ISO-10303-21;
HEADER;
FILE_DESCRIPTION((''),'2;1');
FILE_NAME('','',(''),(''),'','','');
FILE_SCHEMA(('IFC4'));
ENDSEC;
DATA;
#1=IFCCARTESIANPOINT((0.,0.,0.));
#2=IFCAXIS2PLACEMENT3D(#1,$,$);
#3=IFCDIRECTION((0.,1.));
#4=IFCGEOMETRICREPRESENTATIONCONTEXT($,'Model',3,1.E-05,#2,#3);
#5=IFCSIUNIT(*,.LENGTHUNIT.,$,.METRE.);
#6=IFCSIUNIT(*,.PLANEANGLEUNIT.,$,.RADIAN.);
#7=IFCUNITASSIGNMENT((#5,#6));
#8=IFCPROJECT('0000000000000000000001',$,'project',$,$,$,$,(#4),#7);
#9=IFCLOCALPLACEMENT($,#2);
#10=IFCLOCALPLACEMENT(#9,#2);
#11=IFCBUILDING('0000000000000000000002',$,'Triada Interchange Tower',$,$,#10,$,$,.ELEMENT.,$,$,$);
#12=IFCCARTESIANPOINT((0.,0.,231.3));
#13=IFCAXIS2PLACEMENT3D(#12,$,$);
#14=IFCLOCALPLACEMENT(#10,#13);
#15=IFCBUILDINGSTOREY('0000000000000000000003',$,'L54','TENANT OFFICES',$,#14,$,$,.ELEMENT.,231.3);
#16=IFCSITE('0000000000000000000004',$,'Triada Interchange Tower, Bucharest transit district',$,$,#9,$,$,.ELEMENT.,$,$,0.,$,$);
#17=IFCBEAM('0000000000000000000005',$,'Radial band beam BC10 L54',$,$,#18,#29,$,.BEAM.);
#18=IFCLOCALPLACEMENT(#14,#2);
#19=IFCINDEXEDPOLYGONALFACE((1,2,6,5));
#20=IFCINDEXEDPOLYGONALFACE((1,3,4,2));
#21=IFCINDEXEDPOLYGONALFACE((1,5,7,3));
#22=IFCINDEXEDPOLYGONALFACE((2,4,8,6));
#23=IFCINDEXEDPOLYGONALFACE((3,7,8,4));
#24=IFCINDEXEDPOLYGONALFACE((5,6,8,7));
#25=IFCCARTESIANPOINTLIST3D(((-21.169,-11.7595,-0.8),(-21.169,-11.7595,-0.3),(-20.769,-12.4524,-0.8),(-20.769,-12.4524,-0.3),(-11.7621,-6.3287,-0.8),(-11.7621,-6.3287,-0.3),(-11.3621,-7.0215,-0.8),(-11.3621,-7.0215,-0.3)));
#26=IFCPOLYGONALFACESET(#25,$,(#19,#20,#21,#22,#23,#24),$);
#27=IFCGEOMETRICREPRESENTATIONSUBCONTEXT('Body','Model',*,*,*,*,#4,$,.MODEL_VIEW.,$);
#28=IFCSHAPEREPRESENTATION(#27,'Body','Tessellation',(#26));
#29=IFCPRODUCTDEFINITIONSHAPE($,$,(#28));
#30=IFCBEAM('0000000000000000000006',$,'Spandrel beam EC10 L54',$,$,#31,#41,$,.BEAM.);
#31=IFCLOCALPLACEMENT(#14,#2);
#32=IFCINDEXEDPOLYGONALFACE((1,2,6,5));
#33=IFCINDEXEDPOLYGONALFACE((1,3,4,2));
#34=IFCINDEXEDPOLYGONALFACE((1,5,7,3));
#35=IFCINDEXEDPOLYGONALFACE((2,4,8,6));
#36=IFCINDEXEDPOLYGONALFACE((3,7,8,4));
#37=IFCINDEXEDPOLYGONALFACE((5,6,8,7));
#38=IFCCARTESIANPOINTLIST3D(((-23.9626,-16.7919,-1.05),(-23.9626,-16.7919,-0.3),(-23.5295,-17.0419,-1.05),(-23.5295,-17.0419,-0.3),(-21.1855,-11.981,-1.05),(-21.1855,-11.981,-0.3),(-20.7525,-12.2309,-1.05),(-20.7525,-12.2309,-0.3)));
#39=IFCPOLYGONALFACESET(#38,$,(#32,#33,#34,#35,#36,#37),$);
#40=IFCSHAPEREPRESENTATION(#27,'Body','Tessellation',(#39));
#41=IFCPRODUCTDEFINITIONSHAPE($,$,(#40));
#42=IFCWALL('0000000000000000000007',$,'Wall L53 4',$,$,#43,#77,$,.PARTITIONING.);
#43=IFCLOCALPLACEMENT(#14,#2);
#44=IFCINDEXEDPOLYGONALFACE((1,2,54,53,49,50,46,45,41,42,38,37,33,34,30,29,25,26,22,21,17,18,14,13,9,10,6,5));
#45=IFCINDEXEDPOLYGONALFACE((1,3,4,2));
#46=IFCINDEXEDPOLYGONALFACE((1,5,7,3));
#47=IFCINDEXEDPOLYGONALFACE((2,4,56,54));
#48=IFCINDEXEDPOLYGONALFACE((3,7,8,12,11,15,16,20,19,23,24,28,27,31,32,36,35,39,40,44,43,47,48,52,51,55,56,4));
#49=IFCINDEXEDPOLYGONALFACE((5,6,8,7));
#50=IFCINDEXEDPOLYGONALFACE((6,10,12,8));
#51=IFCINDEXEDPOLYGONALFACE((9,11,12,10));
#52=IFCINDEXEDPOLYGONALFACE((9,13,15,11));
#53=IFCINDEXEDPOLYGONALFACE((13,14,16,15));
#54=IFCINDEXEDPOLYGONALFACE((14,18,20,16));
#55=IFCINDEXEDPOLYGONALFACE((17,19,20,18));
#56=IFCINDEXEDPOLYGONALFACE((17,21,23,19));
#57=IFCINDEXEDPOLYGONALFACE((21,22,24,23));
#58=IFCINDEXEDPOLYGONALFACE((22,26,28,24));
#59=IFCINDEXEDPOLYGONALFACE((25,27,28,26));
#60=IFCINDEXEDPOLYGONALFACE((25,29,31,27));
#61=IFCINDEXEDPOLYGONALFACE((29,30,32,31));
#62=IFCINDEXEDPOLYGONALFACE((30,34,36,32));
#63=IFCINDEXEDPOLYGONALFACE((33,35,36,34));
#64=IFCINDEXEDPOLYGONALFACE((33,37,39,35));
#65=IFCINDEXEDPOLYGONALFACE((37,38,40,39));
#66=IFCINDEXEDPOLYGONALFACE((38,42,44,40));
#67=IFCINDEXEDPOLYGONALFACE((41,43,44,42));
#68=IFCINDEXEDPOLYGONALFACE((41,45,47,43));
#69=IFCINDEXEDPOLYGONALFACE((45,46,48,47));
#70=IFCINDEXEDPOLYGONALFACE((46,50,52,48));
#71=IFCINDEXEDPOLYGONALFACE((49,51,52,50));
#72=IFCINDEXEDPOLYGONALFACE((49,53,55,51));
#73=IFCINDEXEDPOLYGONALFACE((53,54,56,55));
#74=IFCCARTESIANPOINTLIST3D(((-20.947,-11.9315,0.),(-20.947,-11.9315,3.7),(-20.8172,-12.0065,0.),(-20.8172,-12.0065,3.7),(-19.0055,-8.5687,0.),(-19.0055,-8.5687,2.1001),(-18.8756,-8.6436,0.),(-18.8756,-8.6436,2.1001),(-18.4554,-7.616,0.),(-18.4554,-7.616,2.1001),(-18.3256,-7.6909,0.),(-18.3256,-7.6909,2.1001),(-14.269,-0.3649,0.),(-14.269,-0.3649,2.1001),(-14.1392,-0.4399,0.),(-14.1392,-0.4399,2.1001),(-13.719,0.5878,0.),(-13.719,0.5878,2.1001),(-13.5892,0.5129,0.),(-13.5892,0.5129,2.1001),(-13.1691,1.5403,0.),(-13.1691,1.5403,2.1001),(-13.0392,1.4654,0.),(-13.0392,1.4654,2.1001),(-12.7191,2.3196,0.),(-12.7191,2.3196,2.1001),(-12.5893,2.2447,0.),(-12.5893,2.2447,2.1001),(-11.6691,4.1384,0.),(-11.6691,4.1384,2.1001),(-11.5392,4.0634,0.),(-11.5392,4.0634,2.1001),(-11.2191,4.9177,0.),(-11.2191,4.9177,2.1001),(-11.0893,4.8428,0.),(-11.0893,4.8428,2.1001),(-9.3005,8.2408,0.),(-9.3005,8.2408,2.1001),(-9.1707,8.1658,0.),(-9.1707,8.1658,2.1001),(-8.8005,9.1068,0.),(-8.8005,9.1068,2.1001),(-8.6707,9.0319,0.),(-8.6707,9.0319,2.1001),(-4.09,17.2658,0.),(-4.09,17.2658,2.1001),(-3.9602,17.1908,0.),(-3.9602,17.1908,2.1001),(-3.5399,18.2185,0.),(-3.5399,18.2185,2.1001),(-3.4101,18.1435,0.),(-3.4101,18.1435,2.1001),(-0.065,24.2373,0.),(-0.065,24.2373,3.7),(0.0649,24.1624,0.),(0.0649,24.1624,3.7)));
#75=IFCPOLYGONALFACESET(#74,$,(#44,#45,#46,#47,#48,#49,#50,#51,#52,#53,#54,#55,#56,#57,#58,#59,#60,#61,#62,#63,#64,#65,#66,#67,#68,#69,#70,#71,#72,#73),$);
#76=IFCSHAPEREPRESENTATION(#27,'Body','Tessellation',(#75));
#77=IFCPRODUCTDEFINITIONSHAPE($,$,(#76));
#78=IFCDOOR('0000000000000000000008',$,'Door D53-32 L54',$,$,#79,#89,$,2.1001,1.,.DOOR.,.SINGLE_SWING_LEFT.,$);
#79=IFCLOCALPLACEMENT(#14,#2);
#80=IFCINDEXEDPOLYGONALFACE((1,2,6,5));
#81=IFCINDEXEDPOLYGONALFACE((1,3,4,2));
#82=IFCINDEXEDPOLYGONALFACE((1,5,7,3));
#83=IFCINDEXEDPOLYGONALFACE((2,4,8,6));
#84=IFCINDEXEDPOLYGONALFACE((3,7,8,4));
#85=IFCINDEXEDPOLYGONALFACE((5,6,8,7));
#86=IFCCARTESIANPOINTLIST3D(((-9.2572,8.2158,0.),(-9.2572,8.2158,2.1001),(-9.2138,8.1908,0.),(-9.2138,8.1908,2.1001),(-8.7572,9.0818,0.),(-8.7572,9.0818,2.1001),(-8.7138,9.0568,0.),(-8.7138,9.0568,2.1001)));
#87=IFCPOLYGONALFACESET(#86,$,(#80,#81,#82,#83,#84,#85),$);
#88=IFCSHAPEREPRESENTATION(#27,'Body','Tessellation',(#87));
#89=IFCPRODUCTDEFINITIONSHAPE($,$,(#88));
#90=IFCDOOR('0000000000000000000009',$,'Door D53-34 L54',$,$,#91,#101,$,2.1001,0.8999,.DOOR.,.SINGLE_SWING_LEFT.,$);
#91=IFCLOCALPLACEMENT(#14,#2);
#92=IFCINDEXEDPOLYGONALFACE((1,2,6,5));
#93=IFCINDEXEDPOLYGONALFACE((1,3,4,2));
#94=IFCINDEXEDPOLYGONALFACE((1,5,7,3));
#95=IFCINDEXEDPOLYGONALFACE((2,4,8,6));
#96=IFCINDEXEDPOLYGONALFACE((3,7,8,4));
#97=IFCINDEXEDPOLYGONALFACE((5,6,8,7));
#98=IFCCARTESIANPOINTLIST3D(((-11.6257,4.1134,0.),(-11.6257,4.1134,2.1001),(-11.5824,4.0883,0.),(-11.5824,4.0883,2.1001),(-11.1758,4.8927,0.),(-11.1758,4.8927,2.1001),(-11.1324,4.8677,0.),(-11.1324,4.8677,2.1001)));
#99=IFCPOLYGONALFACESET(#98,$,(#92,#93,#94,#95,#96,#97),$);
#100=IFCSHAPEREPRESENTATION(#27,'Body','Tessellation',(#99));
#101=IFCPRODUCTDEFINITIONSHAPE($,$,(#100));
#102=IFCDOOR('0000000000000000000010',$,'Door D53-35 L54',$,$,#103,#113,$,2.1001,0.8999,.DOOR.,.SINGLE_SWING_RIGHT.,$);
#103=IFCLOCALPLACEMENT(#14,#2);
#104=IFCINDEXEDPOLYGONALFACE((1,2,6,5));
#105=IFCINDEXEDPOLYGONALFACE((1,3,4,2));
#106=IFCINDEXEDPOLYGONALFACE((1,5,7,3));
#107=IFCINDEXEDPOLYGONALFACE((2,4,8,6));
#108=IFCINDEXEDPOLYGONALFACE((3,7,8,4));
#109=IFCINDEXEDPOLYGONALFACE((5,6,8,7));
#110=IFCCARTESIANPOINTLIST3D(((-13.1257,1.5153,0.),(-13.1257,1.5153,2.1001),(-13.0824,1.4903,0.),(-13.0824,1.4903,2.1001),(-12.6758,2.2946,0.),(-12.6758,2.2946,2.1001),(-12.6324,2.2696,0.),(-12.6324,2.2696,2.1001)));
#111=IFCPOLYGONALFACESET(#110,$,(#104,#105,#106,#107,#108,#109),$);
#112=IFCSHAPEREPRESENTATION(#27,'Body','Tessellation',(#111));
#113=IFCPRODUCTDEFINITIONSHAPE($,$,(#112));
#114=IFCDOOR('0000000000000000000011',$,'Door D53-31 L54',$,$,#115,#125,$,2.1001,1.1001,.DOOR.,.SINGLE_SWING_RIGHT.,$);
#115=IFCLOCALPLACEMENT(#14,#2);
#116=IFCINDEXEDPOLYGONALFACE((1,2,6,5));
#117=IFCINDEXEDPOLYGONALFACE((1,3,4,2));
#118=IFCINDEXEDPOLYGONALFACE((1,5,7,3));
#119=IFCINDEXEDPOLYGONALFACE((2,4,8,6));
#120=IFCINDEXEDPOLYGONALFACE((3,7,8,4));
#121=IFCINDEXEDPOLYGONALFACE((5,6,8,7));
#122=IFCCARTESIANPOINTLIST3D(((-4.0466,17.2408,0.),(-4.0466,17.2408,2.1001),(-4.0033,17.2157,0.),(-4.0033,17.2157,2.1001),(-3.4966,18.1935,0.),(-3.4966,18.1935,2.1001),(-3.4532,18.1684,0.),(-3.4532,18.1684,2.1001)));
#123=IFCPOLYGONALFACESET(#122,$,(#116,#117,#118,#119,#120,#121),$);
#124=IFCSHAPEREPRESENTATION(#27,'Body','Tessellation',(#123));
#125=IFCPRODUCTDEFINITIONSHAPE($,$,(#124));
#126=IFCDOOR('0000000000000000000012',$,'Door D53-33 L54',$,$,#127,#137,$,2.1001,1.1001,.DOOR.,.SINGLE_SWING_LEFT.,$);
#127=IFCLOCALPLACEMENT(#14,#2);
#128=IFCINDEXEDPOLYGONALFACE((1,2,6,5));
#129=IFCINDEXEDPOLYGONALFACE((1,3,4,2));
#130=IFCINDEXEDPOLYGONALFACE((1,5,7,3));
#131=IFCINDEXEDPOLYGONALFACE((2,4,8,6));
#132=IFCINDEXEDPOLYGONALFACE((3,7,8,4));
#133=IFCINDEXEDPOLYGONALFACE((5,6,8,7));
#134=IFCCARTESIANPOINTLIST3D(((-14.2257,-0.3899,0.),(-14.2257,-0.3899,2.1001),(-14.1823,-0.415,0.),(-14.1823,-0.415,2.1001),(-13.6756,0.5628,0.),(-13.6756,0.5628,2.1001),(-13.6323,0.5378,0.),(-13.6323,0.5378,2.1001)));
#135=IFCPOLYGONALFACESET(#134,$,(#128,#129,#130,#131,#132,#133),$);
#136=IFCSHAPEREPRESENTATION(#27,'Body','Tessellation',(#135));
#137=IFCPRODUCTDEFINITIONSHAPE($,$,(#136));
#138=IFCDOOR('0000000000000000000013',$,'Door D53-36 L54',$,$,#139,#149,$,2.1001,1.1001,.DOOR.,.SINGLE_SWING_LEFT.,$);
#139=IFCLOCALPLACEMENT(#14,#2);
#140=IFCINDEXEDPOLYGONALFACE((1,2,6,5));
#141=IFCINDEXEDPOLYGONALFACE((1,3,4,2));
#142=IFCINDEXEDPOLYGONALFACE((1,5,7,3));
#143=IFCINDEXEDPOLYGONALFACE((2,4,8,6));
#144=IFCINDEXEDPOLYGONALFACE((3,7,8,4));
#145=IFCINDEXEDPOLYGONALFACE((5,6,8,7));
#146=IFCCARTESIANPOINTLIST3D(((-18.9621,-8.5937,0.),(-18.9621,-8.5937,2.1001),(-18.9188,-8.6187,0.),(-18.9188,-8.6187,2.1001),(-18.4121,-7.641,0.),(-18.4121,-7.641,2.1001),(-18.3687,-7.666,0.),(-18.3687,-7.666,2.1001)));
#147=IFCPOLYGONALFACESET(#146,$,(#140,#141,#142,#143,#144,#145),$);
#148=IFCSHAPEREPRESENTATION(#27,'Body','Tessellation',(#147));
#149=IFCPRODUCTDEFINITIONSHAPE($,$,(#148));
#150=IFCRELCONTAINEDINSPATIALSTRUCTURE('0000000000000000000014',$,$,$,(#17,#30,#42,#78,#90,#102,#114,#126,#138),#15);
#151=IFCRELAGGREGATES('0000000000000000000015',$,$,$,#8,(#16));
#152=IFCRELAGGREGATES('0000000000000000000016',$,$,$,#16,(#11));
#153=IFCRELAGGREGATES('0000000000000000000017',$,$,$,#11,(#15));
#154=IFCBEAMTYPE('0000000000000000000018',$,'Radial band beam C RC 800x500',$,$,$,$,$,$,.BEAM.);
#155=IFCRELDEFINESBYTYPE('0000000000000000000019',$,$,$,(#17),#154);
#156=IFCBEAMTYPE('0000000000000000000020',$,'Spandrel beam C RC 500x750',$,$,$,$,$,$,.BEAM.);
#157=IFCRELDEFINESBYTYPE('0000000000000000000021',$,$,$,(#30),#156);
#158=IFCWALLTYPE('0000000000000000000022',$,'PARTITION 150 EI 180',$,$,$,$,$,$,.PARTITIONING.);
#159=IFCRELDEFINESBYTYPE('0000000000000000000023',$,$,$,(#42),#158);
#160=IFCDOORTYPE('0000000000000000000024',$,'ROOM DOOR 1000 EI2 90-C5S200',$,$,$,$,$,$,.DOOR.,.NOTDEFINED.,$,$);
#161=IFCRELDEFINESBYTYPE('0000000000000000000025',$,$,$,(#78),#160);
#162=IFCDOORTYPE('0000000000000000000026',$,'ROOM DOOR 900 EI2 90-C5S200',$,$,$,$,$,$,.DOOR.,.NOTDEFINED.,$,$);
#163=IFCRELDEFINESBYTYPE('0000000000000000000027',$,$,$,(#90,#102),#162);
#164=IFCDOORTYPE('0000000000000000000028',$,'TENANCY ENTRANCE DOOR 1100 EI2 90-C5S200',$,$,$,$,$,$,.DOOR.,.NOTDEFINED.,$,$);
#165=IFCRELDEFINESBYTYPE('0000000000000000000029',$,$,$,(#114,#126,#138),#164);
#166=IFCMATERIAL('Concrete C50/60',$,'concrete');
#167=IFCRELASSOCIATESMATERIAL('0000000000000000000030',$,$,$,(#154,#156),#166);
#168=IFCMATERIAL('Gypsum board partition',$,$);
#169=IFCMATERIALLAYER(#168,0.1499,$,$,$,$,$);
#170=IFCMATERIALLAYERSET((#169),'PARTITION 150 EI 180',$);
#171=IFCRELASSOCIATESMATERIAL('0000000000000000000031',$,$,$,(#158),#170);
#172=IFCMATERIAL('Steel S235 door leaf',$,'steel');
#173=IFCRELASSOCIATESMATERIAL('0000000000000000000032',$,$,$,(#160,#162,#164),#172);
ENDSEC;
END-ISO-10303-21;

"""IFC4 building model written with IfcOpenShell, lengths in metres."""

from ifc_helpers import new_model, si_unit, direction, frame, frame_2d, origin, origin_2d, place, context, subcontext, project, spatial, rectangle, extrude, material, layer, layer_set, material_profile, profile_set, type_object, element, fill, save


model = new_model("IFC4")

# Units and contexts
model_context = context("Model", 3, precision=1e-05, world=origin(), true_north=direction((0.0, 1.0)))
body_context = subcontext(model_context, "Body", "Model", "MODEL_VIEW")
ifc_project = project(units=[si_unit("LENGTHUNIT", "METRE"), si_unit("PLANEANGLEUNIT", "RADIAN")], contexts=[model_context])

# Site, building, storey
site_placement = place(None, origin())
site = spatial("IfcSite", under=ifc_project, at=site_placement, Name="Triada Interchange Tower, Bucharest transit district", CompositionType="ELEMENT", RefElevation=0.0)
building_placement = place(site_placement, origin())
building = spatial("IfcBuilding", under=site, at=building_placement, Name="Triada Interchange Tower", CompositionType="ELEMENT")
storey_placement = place(building_placement, frame((0.0, 0.0, 231.3)))
storey = spatial("IfcBuildingStorey", under=building, at=storey_placement, Name="L54", Description="TENANT OFFICES", CompositionType="ELEMENT", Elevation=231.3)

# Beams
ifc_material_1 = material(Name="Concrete C50/60", Category="concrete")
ifc_material_profile_1 = material_profile(ifc_material_1, rectangle(XDim=0.8, YDim=0.5, at=origin_2d()), Name="RC 800x500")
ifc_profile_set_1 = profile_set([ifc_material_profile_1], Name="Concrete C50/60")
beam_type_1 = type_object("IfcBeamType", Name="Radial band beam C RC 800x500", PredefinedType="BEAM", material=ifc_profile_set_1)
beam_1_placement = place(storey_placement, frame((-20.969, -12.106, -0.55), z_axis=(0.866034, 0.499985, 0.0), x_axis=(-0.499985, 0.866034, 0.0)))
element("IfcBeam", 1, at=beam_1_placement, inside=storey, type_object=beam_type_1, Name="Radial band beam BC10 L54", PredefinedType="BEAM", context=body_context, shape_type="SweptSolid", body=[
    extrude(rectangle(XDim=0.8, YDim=0.5, at=origin_2d()), origin(), (0.0, 0.0, 1.0), 10.8621),
])
ifc_material_profile_2 = material_profile(ifc_material_1, rectangle(XDim=0.5, YDim=0.75, at=origin_2d()), Name="RC 500x750")
ifc_profile_set_2 = profile_set([ifc_material_profile_2], Name="Concrete C50/60")
beam_type_2 = type_object("IfcBeamType", Name="Spandrel beam C RC 500x750", PredefinedType="BEAM", material=ifc_profile_set_2)
beam_2_placement = place(storey_placement, frame((-20.969, -12.106, -0.675), z_axis=(-0.499925, -0.866068, 0.0), x_axis=(0.866068, -0.499925, 0.0)))
element("IfcBeam", 2, at=beam_2_placement, inside=storey, type_object=beam_type_2, Name="Spandrel beam EC10 L54", PredefinedType="BEAM", context=body_context, shape_type="SweptSolid", body=[
    extrude(rectangle(XDim=0.5, YDim=0.75, at=origin_2d()), origin(), (0.0, 0.0, 1.0), 5.5549),
])

# Wall, openings, doors
ifc_material_2 = material(Name="Gypsum board partition")
ifc_layer_1 = layer(ifc_material_2, 0.1499)
ifc_layer_set_1 = layer_set([ifc_layer_1], Name="PARTITION 150 EI 180")
wall_type_1 = type_object("IfcWallType", Name="PARTITION 150 EI 180", PredefinedType="PARTITIONING", material=ifc_layer_set_1)
wall_1_placement = place(storey_placement, frame((-20.8821, -11.969, 0.0), z_axis=(0.0, 0.0, 1.0), x_axis=(0.499999, 0.866026, 0.0)))
wall_1 = element("IfcWall", 3, at=wall_1_placement, inside=storey, type_object=wall_type_1, Name="Wall L53 4", PredefinedType="PARTITIONING", context=body_context, shape_type="SweptSolid", body=[
    extrude(rectangle(XDim=41.7642, YDim=0.1499, at=frame_2d((20.8821, 0.0))), origin(), (0.0, 0.0, 1.0), 3.7),
])
opening_1_placement = place(wall_1_placement, frame((33.7141, 0.0, 0.0)))
opening_1 = element("IfcOpeningElement", 4, at=opening_1_placement, cuts=wall_1, PredefinedType="OPENING", context=body_context, shape_type="SweptSolid", body=[
    extrude(rectangle(XDim=1.1001, YDim=2.1001, at=frame_2d((0.55, 1.05))), frame((0.0, 0.085, 0.0), z_axis=(0.0, -1.0, 0.0), x_axis=(1.0, 0.0, 0.0)), (0.0, 0.0, 1.0), 0.1699),
])
opening_2_placement = place(wall_1_placement, frame((23.293, 0.0, 0.0)))
opening_2 = element("IfcOpeningElement", 5, at=opening_2_placement, cuts=wall_1, PredefinedType="OPENING", context=body_context, shape_type="SweptSolid", body=[
    extrude(rectangle(XDim=1.0, YDim=2.1001, at=frame_2d((0.5, 1.05))), frame((0.0, 0.085, 0.0), z_axis=(0.0, -1.0, 0.0), x_axis=(1.0, 0.0, 0.0)), (0.0, 0.0, 1.0), 0.1699),
])
opening_3_placement = place(wall_1_placement, frame((13.356, 0.0, 0.0)))
opening_3 = element("IfcOpeningElement", 6, at=opening_3_placement, cuts=wall_1, PredefinedType="OPENING", context=body_context, shape_type="SweptSolid", body=[
    extrude(rectangle(XDim=1.1001, YDim=2.1001, at=frame_2d((0.55, 1.05))), frame((0.0, 0.085, 0.0), z_axis=(0.0, -1.0, 0.0), x_axis=(1.0, 0.0, 0.0)), (0.0, 0.0, 1.0), 0.1699),
])
opening_4_placement = place(wall_1_placement, frame((18.5559, 0.0, 0.0)))
opening_4 = element("IfcOpeningElement", 7, at=opening_4_placement, cuts=wall_1, PredefinedType="OPENING", context=body_context, shape_type="SweptSolid", body=[
    extrude(rectangle(XDim=0.8999, YDim=2.1001, at=frame_2d((0.45, 1.05))), frame((0.0, 0.085, 0.0), z_axis=(0.0, -1.0, 0.0), x_axis=(1.0, 0.0, 0.0)), (0.0, 0.0, 1.0), 0.1699),
])
opening_5_placement = place(wall_1_placement, frame((15.5559, 0.0, 0.0)))
opening_5 = element("IfcOpeningElement", 8, at=opening_5_placement, cuts=wall_1, PredefinedType="OPENING", context=body_context, shape_type="SweptSolid", body=[
    extrude(rectangle(XDim=0.8999, YDim=2.1001, at=frame_2d((0.45, 1.05))), frame((0.0, 0.085, 0.0), z_axis=(0.0, -1.0, 0.0), x_axis=(1.0, 0.0, 0.0)), (0.0, 0.0, 1.0), 0.1699),
])
opening_6_placement = place(wall_1_placement, frame((3.8831, 0.0, 0.0)))
opening_6 = element("IfcOpeningElement", 9, at=opening_6_placement, cuts=wall_1, PredefinedType="OPENING", context=body_context, shape_type="SweptSolid", body=[
    extrude(rectangle(XDim=1.1001, YDim=2.1001, at=frame_2d((0.55, 1.05))), frame((0.0, 0.085, 0.0), z_axis=(0.0, -1.0, 0.0), x_axis=(1.0, 0.0, 0.0)), (0.0, 0.0, 1.0), 0.1699),
])
ifc_material_3 = material(Name="Steel S235 door leaf", Category="steel")
door_type_1 = type_object("IfcDoorType", Name="ROOM DOOR 1000 EI2 90-C5S200", OperationType="NOTDEFINED", PredefinedType="DOOR", material=ifc_material_3)
door_1_placement = place(opening_2_placement, origin())
door_1 = element("IfcDoor", 10, at=door_1_placement, inside=storey, type_object=door_type_1, Name="Door D53-32 L54", OperationType="SINGLE_SWING_LEFT", OverallHeight=2.1001, OverallWidth=1.0, PredefinedType="DOOR", context=body_context, shape_type="SweptSolid", body=[
    extrude(rectangle(XDim=1.0, YDim=2.1001, at=frame_2d((0.5, 1.05))), frame((0.0, 0.0249, 0.0), z_axis=(0.0, -1.0, 0.0), x_axis=(1.0, 0.0, 0.0)), (0.0, 0.0, 1.0), 0.05),
])
fill(opening_2, door_1)
door_type_2 = type_object("IfcDoorType", Name="ROOM DOOR 900 EI2 90-C5S200", OperationType="NOTDEFINED", PredefinedType="DOOR", material=ifc_material_3)
door_2_placement = place(opening_4_placement, origin())
door_2 = element("IfcDoor", 11, at=door_2_placement, inside=storey, type_object=door_type_2, Name="Door D53-34 L54", OperationType="SINGLE_SWING_LEFT", OverallHeight=2.1001, OverallWidth=0.8999, PredefinedType="DOOR", context=body_context, shape_type="SweptSolid", body=[
    extrude(rectangle(XDim=0.8999, YDim=2.1001, at=frame_2d((0.45, 1.05))), frame((0.0, 0.0249, 0.0), z_axis=(0.0, -1.0, 0.0), x_axis=(1.0, 0.0, 0.0)), (0.0, 0.0, 1.0), 0.05),
])
fill(opening_4, door_2)
door_3_placement = place(opening_5_placement, origin())
door_3 = element("IfcDoor", 12, at=door_3_placement, inside=storey, type_object=door_type_2, Name="Door D53-35 L54", OperationType="SINGLE_SWING_RIGHT", OverallHeight=2.1001, OverallWidth=0.8999, PredefinedType="DOOR", context=body_context, shape_type="SweptSolid", body=[
    extrude(rectangle(XDim=0.8999, YDim=2.1001, at=frame_2d((0.45, 1.05))), frame((0.0, 0.0249, 0.0), z_axis=(0.0, -1.0, 0.0), x_axis=(1.0, 0.0, 0.0)), (0.0, 0.0, 1.0), 0.05),
])
fill(opening_5, door_3)
door_type_3 = type_object("IfcDoorType", Name="TENANCY ENTRANCE DOOR 1100 EI2 90-C5S200", OperationType="NOTDEFINED", PredefinedType="DOOR", material=ifc_material_3)
door_4_placement = place(opening_1_placement, origin())
door_4 = element("IfcDoor", 13, at=door_4_placement, inside=storey, type_object=door_type_3, Name="Door D53-31 L54", OperationType="SINGLE_SWING_RIGHT", OverallHeight=2.1001, OverallWidth=1.1001, PredefinedType="DOOR", context=body_context, shape_type="SweptSolid", body=[
    extrude(rectangle(XDim=1.1001, YDim=2.1001, at=frame_2d((0.55, 1.05))), frame((0.0, 0.0249, 0.0), z_axis=(0.0, -1.0, 0.0), x_axis=(1.0, 0.0, 0.0)), (0.0, 0.0, 1.0), 0.05),
])
fill(opening_1, door_4)
door_5_placement = place(opening_3_placement, origin())
door_5 = element("IfcDoor", 14, at=door_5_placement, inside=storey, type_object=door_type_3, Name="Door D53-33 L54", OperationType="SINGLE_SWING_LEFT", OverallHeight=2.1001, OverallWidth=1.1001, PredefinedType="DOOR", context=body_context, shape_type="SweptSolid", body=[
    extrude(rectangle(XDim=1.1001, YDim=2.1001, at=frame_2d((0.55, 1.05))), frame((0.0, 0.0249, 0.0), z_axis=(0.0, -1.0, 0.0), x_axis=(1.0, 0.0, 0.0)), (0.0, 0.0, 1.0), 0.05),
])
fill(opening_3, door_5)
door_6_placement = place(opening_6_placement, origin())
door_6 = element("IfcDoor", 15, at=door_6_placement, inside=storey, type_object=door_type_3, Name="Door D53-36 L54", OperationType="SINGLE_SWING_LEFT", OverallHeight=2.1001, OverallWidth=1.1001, PredefinedType="DOOR", context=body_context, shape_type="SweptSolid", body=[
    extrude(rectangle(XDim=1.1001, YDim=2.1001, at=frame_2d((0.55, 1.05))), frame((0.0, 0.0249, 0.0), z_axis=(0.0, -1.0, 0.0), x_axis=(1.0, 0.0, 0.0)), (0.0, 0.0, 1.0), 0.05),
])
fill(opening_6, door_6)

save(model, "model.ifc")
